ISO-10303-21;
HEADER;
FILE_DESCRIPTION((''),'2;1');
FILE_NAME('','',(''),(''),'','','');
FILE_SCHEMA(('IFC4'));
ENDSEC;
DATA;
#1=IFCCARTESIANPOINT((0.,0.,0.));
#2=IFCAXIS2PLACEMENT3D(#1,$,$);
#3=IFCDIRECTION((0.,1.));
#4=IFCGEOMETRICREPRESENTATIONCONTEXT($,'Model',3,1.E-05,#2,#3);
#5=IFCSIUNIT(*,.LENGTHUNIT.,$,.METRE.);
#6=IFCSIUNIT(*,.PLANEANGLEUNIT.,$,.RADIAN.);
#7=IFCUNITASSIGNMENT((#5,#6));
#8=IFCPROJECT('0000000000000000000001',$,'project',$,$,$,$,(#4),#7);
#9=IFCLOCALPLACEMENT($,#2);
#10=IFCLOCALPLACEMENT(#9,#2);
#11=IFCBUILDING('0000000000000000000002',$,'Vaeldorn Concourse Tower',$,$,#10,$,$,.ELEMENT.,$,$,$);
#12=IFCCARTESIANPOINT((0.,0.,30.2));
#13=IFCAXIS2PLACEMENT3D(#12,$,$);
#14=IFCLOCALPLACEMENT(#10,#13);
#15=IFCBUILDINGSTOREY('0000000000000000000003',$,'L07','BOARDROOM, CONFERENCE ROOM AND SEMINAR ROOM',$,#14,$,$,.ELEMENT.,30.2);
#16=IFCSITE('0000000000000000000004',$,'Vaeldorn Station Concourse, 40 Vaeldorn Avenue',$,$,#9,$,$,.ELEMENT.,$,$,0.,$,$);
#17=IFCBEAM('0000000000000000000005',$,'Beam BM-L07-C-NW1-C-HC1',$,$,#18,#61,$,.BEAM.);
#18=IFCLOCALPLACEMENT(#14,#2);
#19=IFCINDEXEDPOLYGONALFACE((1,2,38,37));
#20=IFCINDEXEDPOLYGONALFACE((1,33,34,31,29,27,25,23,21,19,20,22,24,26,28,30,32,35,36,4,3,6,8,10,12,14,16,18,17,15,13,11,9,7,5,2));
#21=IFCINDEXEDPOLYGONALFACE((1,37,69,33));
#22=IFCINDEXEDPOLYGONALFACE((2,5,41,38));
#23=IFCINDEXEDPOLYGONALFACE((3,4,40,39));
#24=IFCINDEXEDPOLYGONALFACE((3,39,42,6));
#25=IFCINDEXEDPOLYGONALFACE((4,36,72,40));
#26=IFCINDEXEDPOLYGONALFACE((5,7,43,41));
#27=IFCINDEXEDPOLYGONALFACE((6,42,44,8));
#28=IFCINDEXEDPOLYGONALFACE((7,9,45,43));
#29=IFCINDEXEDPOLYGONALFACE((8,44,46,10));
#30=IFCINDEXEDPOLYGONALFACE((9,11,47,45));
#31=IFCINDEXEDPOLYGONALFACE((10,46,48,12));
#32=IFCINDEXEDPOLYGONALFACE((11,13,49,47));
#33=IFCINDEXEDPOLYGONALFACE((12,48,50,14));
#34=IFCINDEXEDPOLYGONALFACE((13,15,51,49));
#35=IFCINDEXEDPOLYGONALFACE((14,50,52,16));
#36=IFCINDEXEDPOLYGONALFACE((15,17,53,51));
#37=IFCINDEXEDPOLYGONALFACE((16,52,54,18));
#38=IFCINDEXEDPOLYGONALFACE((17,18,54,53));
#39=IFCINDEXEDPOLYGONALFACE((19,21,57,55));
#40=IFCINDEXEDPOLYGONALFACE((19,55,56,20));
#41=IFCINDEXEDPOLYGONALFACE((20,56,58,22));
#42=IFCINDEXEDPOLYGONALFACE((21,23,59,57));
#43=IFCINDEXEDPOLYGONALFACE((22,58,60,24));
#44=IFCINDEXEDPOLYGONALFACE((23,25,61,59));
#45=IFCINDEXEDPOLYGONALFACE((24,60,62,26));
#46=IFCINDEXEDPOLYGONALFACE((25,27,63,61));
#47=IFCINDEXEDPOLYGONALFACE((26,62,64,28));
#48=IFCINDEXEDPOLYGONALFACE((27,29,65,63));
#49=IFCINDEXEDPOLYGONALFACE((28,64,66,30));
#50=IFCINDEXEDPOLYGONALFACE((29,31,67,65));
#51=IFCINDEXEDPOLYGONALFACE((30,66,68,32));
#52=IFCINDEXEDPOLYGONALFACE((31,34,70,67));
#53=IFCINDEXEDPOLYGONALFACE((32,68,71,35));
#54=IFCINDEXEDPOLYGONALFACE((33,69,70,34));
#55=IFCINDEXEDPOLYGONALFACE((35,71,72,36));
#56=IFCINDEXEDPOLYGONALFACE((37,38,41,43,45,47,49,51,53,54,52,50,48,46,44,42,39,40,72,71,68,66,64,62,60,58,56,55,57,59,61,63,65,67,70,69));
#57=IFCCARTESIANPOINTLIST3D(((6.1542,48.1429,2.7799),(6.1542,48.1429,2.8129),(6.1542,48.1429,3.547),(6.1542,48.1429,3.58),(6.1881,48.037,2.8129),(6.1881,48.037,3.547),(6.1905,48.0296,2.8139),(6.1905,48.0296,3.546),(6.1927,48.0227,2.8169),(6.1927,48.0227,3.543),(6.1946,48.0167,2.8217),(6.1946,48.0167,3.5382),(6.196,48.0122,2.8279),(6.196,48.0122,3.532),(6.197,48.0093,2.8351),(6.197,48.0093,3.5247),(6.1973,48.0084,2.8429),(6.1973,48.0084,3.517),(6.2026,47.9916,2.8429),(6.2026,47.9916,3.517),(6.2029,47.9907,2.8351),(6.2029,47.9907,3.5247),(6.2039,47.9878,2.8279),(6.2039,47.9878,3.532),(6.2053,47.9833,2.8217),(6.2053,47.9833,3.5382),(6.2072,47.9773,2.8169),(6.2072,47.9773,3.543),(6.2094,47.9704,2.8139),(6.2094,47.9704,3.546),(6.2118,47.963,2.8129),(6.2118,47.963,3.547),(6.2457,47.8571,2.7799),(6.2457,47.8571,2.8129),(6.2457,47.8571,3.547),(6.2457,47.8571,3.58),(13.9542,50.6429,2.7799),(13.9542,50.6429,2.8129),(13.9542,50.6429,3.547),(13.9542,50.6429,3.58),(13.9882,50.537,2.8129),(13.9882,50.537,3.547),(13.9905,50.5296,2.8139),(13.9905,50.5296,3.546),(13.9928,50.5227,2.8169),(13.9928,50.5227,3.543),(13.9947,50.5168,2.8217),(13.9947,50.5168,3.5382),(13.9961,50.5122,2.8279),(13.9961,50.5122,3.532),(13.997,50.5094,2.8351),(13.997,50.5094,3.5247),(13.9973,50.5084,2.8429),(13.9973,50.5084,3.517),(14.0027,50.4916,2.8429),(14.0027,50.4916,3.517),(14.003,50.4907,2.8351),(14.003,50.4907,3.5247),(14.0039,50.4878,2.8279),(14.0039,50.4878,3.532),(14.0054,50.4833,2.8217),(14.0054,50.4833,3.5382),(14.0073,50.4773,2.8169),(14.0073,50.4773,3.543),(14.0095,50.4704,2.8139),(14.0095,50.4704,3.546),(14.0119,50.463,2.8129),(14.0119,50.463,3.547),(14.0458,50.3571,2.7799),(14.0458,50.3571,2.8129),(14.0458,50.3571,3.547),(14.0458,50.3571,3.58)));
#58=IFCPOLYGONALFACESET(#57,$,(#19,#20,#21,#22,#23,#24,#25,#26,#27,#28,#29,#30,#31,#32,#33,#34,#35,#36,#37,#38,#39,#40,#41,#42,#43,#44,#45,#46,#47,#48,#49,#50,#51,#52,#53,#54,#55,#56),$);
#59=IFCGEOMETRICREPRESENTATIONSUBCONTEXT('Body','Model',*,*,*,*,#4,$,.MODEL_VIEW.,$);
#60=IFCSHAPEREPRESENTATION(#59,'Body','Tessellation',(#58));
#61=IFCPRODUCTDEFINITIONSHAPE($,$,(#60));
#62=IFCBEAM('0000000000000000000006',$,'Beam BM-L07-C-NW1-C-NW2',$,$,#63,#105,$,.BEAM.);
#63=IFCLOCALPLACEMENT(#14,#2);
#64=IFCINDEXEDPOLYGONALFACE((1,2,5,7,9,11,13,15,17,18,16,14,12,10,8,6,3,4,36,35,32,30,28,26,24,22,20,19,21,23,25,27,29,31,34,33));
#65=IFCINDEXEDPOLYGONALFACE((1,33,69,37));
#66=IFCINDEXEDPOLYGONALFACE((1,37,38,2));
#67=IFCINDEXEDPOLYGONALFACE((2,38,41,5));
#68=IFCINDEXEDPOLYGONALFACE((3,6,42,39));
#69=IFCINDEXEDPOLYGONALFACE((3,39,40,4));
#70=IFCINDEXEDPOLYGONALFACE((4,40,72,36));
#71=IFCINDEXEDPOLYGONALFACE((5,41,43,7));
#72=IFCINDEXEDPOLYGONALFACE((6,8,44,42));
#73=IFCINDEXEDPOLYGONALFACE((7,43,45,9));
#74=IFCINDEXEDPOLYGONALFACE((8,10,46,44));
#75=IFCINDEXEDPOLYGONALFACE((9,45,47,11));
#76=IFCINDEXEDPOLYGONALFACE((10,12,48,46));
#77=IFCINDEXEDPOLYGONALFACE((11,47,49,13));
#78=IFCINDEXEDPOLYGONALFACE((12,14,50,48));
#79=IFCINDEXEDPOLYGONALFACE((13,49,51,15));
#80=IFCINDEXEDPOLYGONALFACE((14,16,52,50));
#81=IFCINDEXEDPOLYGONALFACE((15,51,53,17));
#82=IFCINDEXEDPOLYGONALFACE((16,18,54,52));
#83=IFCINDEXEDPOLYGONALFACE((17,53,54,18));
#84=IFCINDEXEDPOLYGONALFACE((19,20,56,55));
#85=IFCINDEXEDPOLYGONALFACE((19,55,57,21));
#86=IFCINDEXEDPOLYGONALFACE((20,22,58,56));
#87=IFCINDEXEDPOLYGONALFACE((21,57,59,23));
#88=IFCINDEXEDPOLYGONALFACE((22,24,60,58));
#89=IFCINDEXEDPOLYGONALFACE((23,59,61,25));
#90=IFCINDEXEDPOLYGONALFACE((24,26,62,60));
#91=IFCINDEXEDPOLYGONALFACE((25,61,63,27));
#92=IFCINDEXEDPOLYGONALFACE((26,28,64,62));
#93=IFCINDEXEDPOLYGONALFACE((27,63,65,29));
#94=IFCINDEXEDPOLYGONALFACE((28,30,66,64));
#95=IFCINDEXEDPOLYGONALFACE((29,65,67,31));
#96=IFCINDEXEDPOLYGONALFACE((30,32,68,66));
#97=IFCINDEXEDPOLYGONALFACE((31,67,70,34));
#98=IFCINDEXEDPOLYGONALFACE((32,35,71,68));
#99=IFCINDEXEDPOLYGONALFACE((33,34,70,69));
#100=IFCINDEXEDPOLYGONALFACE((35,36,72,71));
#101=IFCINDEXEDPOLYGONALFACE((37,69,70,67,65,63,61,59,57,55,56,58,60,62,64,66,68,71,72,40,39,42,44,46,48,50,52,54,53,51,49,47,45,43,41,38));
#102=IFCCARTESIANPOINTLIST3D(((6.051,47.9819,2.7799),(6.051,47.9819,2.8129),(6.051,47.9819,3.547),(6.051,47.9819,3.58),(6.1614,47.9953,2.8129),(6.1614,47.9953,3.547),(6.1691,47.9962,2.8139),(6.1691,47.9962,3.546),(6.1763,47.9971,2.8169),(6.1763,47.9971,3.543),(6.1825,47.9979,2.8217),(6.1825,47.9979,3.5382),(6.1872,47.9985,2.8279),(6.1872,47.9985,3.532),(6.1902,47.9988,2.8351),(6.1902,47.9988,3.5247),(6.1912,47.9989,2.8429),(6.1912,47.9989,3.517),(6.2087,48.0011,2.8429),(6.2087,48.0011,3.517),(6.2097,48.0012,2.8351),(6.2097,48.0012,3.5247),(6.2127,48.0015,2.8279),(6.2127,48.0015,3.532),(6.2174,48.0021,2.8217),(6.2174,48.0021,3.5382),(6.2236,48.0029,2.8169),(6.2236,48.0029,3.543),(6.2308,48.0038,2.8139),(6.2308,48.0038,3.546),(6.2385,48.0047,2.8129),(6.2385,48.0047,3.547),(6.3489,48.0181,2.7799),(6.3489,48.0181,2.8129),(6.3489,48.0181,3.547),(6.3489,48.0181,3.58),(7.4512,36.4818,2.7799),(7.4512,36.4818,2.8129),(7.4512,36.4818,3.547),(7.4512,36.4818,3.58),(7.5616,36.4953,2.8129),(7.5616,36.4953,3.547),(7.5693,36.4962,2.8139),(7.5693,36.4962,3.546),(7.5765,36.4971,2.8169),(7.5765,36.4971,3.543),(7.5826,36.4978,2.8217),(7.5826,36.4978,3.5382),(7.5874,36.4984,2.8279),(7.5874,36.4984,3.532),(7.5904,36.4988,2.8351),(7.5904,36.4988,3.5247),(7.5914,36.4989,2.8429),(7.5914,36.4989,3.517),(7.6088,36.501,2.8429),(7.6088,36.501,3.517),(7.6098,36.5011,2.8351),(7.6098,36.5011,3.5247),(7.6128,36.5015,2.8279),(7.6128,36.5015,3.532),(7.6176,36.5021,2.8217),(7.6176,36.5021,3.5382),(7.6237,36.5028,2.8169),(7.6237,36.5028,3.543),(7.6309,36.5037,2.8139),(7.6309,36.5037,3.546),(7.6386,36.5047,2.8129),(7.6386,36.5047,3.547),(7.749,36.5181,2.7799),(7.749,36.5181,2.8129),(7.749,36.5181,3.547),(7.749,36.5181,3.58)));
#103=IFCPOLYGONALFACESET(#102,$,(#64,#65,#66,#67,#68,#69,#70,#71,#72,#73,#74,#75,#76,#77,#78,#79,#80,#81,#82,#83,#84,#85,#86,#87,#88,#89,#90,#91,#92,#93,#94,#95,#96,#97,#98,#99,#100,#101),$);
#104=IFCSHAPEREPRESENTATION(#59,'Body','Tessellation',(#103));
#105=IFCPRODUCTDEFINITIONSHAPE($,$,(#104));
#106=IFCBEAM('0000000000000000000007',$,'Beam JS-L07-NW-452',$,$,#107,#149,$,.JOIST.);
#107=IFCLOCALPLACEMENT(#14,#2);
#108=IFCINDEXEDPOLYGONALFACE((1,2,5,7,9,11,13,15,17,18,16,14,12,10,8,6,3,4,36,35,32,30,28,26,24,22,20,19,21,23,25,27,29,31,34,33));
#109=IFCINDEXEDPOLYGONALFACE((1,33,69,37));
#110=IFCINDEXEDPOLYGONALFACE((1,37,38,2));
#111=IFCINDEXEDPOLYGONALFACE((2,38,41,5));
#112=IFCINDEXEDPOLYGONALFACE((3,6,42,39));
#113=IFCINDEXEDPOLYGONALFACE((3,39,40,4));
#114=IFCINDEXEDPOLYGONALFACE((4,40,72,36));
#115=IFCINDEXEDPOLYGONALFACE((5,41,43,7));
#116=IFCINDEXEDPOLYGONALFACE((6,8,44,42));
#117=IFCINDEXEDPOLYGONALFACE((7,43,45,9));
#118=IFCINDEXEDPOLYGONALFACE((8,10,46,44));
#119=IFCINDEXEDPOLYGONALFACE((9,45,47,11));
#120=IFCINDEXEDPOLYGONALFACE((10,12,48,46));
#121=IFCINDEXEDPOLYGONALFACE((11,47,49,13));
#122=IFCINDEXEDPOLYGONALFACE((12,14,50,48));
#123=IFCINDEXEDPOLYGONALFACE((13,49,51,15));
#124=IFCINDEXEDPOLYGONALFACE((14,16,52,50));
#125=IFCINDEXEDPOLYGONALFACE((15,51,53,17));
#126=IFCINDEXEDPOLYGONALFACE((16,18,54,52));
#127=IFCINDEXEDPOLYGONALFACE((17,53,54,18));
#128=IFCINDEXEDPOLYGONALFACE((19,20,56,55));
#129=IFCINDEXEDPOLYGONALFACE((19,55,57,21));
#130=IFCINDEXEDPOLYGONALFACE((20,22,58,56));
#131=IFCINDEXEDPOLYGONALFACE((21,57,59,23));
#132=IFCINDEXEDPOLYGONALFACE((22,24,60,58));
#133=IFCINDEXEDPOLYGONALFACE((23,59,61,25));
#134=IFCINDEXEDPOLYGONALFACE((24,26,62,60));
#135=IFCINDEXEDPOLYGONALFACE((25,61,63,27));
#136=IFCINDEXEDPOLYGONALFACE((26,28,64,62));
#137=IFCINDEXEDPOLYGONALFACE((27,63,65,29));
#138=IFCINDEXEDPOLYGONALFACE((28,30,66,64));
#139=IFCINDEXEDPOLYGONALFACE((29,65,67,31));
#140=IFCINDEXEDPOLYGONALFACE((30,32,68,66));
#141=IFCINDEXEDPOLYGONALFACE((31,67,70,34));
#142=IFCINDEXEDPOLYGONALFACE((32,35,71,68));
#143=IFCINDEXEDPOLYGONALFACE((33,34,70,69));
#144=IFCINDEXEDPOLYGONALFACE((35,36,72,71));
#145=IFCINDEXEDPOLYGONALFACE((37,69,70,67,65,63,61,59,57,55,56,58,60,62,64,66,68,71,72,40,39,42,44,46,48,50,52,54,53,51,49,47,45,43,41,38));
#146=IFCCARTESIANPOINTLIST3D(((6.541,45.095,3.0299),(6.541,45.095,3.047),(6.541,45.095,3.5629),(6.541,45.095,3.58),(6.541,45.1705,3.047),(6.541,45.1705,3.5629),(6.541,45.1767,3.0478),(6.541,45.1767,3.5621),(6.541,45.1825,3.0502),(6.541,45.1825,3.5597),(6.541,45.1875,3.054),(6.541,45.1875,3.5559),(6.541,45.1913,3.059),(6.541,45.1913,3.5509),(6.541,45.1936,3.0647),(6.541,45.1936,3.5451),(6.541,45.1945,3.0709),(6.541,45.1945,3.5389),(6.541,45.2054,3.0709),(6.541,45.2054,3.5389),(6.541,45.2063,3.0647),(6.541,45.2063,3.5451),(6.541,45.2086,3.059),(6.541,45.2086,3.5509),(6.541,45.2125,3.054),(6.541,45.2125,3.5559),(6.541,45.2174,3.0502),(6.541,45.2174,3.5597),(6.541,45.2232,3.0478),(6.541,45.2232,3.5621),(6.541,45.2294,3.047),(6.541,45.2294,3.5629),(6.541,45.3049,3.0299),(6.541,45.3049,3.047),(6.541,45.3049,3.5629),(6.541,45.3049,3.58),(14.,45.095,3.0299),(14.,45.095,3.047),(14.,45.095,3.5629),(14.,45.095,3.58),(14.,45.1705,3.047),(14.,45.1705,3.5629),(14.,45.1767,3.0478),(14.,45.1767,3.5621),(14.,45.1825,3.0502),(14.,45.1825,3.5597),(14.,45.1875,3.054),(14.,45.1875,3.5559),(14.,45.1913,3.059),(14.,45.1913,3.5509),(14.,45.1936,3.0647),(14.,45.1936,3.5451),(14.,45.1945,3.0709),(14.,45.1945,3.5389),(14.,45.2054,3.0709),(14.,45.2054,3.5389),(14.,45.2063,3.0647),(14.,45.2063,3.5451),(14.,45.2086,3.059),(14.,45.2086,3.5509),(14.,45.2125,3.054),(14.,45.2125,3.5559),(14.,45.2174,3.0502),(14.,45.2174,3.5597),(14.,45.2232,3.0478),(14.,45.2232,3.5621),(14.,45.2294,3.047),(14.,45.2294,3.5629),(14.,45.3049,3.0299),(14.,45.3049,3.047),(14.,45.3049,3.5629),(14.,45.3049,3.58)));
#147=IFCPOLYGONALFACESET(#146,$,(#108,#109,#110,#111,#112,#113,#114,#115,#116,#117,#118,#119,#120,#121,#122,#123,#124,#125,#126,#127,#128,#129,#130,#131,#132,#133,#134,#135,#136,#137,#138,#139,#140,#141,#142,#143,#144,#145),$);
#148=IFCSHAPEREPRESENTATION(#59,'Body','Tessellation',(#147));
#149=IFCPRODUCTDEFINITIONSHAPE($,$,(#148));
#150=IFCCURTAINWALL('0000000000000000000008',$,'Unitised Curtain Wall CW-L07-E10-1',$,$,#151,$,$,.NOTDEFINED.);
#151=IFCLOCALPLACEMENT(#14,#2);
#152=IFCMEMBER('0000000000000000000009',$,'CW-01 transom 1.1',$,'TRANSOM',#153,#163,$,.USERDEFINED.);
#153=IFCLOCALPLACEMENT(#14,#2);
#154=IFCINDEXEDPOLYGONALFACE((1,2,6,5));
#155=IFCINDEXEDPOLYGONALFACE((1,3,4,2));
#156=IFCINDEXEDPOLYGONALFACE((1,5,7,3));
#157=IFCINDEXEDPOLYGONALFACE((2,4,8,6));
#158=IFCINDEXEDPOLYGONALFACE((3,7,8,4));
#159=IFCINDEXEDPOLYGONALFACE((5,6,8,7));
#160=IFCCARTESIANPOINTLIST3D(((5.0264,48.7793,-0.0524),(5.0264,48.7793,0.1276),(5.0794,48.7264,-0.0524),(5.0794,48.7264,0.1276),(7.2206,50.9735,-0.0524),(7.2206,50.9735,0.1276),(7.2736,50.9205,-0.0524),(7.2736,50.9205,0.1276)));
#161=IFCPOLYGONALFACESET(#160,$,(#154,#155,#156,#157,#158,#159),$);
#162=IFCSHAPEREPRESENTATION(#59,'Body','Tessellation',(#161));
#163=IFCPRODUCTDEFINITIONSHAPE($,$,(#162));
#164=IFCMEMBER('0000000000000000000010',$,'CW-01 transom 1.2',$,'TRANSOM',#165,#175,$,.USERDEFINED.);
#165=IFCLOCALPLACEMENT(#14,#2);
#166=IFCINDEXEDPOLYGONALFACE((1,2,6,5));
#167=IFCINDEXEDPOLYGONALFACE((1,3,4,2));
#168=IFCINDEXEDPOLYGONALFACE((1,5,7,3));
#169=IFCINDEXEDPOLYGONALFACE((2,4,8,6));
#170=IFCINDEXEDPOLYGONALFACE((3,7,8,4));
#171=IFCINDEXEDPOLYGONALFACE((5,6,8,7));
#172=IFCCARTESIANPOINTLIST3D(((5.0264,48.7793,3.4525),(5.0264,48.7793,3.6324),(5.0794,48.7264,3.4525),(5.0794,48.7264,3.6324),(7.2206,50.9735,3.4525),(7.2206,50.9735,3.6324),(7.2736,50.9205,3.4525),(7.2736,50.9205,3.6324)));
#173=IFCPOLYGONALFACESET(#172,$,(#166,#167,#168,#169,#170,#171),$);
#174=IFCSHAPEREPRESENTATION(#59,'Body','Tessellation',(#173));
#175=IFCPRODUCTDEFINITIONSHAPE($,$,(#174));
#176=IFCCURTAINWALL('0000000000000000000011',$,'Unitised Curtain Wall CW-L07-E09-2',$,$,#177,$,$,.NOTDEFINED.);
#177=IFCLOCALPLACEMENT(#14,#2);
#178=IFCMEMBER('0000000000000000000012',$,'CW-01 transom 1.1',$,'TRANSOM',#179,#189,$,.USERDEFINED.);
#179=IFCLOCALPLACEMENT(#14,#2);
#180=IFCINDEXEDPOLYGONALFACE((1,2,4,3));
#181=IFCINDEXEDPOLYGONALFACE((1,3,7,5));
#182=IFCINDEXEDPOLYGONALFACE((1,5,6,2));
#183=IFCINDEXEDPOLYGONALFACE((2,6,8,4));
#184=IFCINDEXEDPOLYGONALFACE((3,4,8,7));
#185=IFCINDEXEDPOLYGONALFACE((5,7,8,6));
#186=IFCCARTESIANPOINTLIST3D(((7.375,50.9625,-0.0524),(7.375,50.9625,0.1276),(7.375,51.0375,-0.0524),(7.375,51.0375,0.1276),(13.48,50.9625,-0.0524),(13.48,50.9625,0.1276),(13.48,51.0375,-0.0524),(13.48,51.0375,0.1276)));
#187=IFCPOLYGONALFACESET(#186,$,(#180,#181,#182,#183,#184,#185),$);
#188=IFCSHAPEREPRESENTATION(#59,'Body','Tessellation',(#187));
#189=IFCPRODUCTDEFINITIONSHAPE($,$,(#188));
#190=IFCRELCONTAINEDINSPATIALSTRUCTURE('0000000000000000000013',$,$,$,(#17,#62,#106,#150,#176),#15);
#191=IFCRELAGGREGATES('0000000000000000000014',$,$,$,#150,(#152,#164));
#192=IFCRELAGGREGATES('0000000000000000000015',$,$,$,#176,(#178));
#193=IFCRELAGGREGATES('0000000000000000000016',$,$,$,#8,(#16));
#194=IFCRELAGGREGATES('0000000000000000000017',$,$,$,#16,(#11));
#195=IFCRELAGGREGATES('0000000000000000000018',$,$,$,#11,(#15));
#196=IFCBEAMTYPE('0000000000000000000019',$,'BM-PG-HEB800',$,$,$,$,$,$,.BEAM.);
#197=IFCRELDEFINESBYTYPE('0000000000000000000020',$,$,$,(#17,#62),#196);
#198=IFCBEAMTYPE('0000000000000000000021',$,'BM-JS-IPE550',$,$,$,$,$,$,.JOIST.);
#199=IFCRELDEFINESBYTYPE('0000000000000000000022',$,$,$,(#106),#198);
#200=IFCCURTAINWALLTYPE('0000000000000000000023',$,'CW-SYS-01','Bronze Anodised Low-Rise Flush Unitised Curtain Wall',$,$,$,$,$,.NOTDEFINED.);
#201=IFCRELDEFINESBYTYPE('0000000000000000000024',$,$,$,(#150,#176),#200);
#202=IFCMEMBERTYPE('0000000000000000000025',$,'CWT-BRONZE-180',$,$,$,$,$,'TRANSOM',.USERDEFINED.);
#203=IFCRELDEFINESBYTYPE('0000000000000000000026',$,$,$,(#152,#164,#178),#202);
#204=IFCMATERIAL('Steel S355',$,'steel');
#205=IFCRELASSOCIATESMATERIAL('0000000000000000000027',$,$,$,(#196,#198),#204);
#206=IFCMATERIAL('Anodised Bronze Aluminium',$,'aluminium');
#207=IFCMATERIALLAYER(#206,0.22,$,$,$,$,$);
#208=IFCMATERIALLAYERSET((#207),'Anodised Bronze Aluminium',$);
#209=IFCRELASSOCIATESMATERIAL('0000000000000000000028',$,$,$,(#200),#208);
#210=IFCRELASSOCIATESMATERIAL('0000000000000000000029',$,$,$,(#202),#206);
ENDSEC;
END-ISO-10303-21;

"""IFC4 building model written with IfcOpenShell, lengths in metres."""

from ifc_helpers import new_model, si_unit, direction, frame, origin, origin_2d, place, context, subcontext, project, spatial, rectangle, i_section, extrude, source, transform, mapped, material, layer, layer_set, material_profile, profile_set, type_object, element, aggregate, save


model = new_model("IFC4")

# Units and contexts
model_context = context("Model", 3, precision=1e-05, world=origin(), true_north=direction((0.0, 1.0)))
body_context = subcontext(model_context, "Body", "Model", "MODEL_VIEW")
ifc_project = project(units=[si_unit("LENGTHUNIT", "METRE"), si_unit("PLANEANGLEUNIT", "RADIAN")], contexts=[model_context])

# Site, building, storey
site_placement = place(None, origin())
site = spatial("IfcSite", under=ifc_project, at=site_placement, Name="Vaeldorn Station Concourse, 40 Vaeldorn Avenue", CompositionType="ELEMENT", RefElevation=0.0)
building_placement = place(site_placement, origin())
building = spatial("IfcBuilding", under=site, at=building_placement, Name="Vaeldorn Concourse Tower", CompositionType="ELEMENT")
storey_placement = place(building_placement, frame((0.0, 0.0, 30.2)))
storey = spatial("IfcBuildingStorey", under=building, at=storey_placement, Name="L07", Description="BOARDROOM, CONFERENCE ROOM AND SEMINAR ROOM", CompositionType="ELEMENT", Elevation=30.2)

# Beams
ifc_material_1 = material(Name="Steel S355", Category="steel")
ifc_material_profile_1 = material_profile(ifc_material_1, i_section(OverallWidth=0.3, OverallDepth=0.8, WebThickness=0.0176, FlangeThickness=0.033, FilletRadius=0.03, at=origin_2d()), Name="HEB 800")
ifc_profile_set_1 = profile_set([ifc_material_profile_1], Name="Steel S355")
beam_type_1 = type_object("IfcBeamType", Name="BM-PG-HEB800", PredefinedType="BEAM", material=ifc_profile_set_1)
shared_shape_1 = source(origin(), body_context, "Body", "SweptSolid", [
    extrude(i_section(OverallWidth=0.3, OverallDepth=0.8, WebThickness=0.0176, FlangeThickness=0.033, FilletRadius=0.03, at=origin_2d()), origin(), (0.0, 0.0, 1.0), 8.1909),
])
beam_1_placement = place(storey_placement, frame((6.2, 48.0, 3.1799), z_axis=(0.952283, 0.305217, 0.0), x_axis=(-0.305217, 0.952283, 0.0)))
element("IfcBeam", 1, at=beam_1_placement, inside=storey, type_object=beam_type_1, Name="Beam BM-L07-C-NW1-C-HC1", PredefinedType="BEAM", context=body_context, shape_type="MappedRepresentation", body=[
    mapped(shared_shape_1, transform((0.0, 0.0, 0.0), scale=1.0)),
])
shared_shape_2 = source(origin(), body_context, "Body", "SweptSolid", [
    extrude(i_section(OverallWidth=0.3, OverallDepth=0.8, WebThickness=0.0176, FlangeThickness=0.033, FilletRadius=0.03, at=origin_2d()), origin(), (0.0, 0.0, 1.0), 11.585),
])
beam_2_placement = place(storey_placement, frame((6.2, 48.0, 3.1799), z_axis=(0.120859, -0.99267, 0.0), x_axis=(0.99267, 0.120859, 0.0)))
element("IfcBeam", 2, at=beam_2_placement, inside=storey, type_object=beam_type_1, Name="Beam BM-L07-C-NW1-C-NW2", PredefinedType="BEAM", context=body_context, shape_type="MappedRepresentation", body=[
    mapped(shared_shape_2, transform((0.0, 0.0, 0.0), scale=1.0)),
])
ifc_material_profile_2 = material_profile(ifc_material_1, i_section(OverallWidth=0.21, OverallDepth=0.55, WebThickness=0.011, FlangeThickness=0.0171, FilletRadius=0.0239, at=origin_2d()), Name="IPE 550")
ifc_profile_set_2 = profile_set([ifc_material_profile_2], Name="Steel S355")
beam_type_2 = type_object("IfcBeamType", Name="BM-JS-IPE550", PredefinedType="JOIST", material=ifc_profile_set_2)
shared_shape_3 = source(origin(), body_context, "Body", "SweptSolid", [
    extrude(i_section(OverallWidth=0.21, OverallDepth=0.55, WebThickness=0.011, FlangeThickness=0.0171, FilletRadius=0.0239, at=origin_2d()), origin(), (0.0, 0.0, 1.0), 7.459),
])
beam_3_placement = place(storey_placement, frame((6.541, 45.2, 3.3049), z_axis=(1.0, 0.0, 0.0), x_axis=(0.0, 1.0, 0.0)))
element("IfcBeam", 3, at=beam_3_placement, inside=storey, type_object=beam_type_2, Name="Beam JS-L07-NW-452", PredefinedType="JOIST", context=body_context, shape_type="MappedRepresentation", body=[
    mapped(shared_shape_3, transform((0.0, 0.0, 0.0), scale=1.0)),
])

# Curtain walls, members
ifc_material_2 = material(Name="Anodised Bronze Aluminium", Category="aluminium")
ifc_layer_1 = layer(ifc_material_2, 0.22)
ifc_layer_set_1 = layer_set([ifc_layer_1], Name="Anodised Bronze Aluminium")
curtain_wall_type = type_object("IfcCurtainWallType", Name="CW-SYS-01", Description="Bronze Anodised Low-Rise Flush Unitised Curtain Wall", PredefinedType="NOTDEFINED", material=ifc_layer_set_1)
curtain_wall_1_placement = place(storey_placement, origin())
curtain_wall_1 = element("IfcCurtainWall", 4, at=curtain_wall_1_placement, inside=storey, type_object=curtain_wall_type, Name="Unitised Curtain Wall CW-L07-E10-1", PredefinedType="NOTDEFINED")
ifc_material_profile_3 = material_profile(ifc_material_2, rectangle(XDim=0.075, YDim=0.1799, at=origin_2d()), Name="CWT 75x180")
ifc_profile_set_3 = profile_set([ifc_material_profile_3], Name="Anodised Bronze Aluminium")
member_type_1 = type_object("IfcMemberType", Name="CWT-BRONZE-180", ElementType="TRANSOM", PredefinedType="USERDEFINED", material=ifc_profile_set_3)
shared_shape_4 = source(origin(), body_context, "Body", "SweptSolid", [
    extrude(rectangle(XDim=0.075, YDim=0.1799, at=origin_2d()), origin(), (0.0, 0.0, 1.0), 3.103),
])
member_1_placement = place(storey_placement, frame((7.2471, 50.947, 0.0376), z_axis=(-0.707107, -0.707107, 0.0), x_axis=(0.707107, -0.707107, 0.0)))
member_1 = element("IfcMember", 5, at=member_1_placement, type_object=member_type_1, Name="CW-01 transom 1.1", ObjectType="TRANSOM", PredefinedType="USERDEFINED", context=body_context, shape_type="MappedRepresentation", body=[
    mapped(shared_shape_4, transform((0.0, 0.0, 0.0), scale=1.0)),
])
member_2_placement = place(storey_placement, frame((7.2471, 50.947, 3.5425), z_axis=(-0.707107, -0.707107, 0.0), x_axis=(0.707107, -0.707107, 0.0)))
member_2 = element("IfcMember", 6, at=member_2_placement, type_object=member_type_1, Name="CW-01 transom 1.2", ObjectType="TRANSOM", PredefinedType="USERDEFINED", context=body_context, shape_type="MappedRepresentation", body=[
    mapped(shared_shape_4, transform((0.0, 0.0, 0.0), scale=1.0)),
])
curtain_wall_2_placement = place(storey_placement, origin())
curtain_wall_2 = element("IfcCurtainWall", 7, at=curtain_wall_2_placement, inside=storey, type_object=curtain_wall_type, Name="Unitised Curtain Wall CW-L07-E09-2", PredefinedType="NOTDEFINED")
shared_shape_5 = source(origin(), body_context, "Body", "SweptSolid", [
    extrude(rectangle(XDim=0.075, YDim=0.1799, at=origin_2d()), origin(), (0.0, 0.0, 1.0), 6.105),
])
member_3_placement = place(storey_placement, frame((13.48, 51.0, 0.0376), z_axis=(-1.0, 0.0, 0.0), x_axis=(0.0, -1.0, 0.0)))
member_3 = element("IfcMember", 8, at=member_3_placement, type_object=member_type_1, Name="CW-01 transom 1.1", ObjectType="TRANSOM", PredefinedType="USERDEFINED", context=body_context, shape_type="MappedRepresentation", body=[
    mapped(shared_shape_5, transform((0.0, 0.0, 0.0), scale=1.0)),
])

aggregate(curtain_wall_1, [member_1, member_2])
aggregate(curtain_wall_2, [member_3])

save(model, "model.ifc")
